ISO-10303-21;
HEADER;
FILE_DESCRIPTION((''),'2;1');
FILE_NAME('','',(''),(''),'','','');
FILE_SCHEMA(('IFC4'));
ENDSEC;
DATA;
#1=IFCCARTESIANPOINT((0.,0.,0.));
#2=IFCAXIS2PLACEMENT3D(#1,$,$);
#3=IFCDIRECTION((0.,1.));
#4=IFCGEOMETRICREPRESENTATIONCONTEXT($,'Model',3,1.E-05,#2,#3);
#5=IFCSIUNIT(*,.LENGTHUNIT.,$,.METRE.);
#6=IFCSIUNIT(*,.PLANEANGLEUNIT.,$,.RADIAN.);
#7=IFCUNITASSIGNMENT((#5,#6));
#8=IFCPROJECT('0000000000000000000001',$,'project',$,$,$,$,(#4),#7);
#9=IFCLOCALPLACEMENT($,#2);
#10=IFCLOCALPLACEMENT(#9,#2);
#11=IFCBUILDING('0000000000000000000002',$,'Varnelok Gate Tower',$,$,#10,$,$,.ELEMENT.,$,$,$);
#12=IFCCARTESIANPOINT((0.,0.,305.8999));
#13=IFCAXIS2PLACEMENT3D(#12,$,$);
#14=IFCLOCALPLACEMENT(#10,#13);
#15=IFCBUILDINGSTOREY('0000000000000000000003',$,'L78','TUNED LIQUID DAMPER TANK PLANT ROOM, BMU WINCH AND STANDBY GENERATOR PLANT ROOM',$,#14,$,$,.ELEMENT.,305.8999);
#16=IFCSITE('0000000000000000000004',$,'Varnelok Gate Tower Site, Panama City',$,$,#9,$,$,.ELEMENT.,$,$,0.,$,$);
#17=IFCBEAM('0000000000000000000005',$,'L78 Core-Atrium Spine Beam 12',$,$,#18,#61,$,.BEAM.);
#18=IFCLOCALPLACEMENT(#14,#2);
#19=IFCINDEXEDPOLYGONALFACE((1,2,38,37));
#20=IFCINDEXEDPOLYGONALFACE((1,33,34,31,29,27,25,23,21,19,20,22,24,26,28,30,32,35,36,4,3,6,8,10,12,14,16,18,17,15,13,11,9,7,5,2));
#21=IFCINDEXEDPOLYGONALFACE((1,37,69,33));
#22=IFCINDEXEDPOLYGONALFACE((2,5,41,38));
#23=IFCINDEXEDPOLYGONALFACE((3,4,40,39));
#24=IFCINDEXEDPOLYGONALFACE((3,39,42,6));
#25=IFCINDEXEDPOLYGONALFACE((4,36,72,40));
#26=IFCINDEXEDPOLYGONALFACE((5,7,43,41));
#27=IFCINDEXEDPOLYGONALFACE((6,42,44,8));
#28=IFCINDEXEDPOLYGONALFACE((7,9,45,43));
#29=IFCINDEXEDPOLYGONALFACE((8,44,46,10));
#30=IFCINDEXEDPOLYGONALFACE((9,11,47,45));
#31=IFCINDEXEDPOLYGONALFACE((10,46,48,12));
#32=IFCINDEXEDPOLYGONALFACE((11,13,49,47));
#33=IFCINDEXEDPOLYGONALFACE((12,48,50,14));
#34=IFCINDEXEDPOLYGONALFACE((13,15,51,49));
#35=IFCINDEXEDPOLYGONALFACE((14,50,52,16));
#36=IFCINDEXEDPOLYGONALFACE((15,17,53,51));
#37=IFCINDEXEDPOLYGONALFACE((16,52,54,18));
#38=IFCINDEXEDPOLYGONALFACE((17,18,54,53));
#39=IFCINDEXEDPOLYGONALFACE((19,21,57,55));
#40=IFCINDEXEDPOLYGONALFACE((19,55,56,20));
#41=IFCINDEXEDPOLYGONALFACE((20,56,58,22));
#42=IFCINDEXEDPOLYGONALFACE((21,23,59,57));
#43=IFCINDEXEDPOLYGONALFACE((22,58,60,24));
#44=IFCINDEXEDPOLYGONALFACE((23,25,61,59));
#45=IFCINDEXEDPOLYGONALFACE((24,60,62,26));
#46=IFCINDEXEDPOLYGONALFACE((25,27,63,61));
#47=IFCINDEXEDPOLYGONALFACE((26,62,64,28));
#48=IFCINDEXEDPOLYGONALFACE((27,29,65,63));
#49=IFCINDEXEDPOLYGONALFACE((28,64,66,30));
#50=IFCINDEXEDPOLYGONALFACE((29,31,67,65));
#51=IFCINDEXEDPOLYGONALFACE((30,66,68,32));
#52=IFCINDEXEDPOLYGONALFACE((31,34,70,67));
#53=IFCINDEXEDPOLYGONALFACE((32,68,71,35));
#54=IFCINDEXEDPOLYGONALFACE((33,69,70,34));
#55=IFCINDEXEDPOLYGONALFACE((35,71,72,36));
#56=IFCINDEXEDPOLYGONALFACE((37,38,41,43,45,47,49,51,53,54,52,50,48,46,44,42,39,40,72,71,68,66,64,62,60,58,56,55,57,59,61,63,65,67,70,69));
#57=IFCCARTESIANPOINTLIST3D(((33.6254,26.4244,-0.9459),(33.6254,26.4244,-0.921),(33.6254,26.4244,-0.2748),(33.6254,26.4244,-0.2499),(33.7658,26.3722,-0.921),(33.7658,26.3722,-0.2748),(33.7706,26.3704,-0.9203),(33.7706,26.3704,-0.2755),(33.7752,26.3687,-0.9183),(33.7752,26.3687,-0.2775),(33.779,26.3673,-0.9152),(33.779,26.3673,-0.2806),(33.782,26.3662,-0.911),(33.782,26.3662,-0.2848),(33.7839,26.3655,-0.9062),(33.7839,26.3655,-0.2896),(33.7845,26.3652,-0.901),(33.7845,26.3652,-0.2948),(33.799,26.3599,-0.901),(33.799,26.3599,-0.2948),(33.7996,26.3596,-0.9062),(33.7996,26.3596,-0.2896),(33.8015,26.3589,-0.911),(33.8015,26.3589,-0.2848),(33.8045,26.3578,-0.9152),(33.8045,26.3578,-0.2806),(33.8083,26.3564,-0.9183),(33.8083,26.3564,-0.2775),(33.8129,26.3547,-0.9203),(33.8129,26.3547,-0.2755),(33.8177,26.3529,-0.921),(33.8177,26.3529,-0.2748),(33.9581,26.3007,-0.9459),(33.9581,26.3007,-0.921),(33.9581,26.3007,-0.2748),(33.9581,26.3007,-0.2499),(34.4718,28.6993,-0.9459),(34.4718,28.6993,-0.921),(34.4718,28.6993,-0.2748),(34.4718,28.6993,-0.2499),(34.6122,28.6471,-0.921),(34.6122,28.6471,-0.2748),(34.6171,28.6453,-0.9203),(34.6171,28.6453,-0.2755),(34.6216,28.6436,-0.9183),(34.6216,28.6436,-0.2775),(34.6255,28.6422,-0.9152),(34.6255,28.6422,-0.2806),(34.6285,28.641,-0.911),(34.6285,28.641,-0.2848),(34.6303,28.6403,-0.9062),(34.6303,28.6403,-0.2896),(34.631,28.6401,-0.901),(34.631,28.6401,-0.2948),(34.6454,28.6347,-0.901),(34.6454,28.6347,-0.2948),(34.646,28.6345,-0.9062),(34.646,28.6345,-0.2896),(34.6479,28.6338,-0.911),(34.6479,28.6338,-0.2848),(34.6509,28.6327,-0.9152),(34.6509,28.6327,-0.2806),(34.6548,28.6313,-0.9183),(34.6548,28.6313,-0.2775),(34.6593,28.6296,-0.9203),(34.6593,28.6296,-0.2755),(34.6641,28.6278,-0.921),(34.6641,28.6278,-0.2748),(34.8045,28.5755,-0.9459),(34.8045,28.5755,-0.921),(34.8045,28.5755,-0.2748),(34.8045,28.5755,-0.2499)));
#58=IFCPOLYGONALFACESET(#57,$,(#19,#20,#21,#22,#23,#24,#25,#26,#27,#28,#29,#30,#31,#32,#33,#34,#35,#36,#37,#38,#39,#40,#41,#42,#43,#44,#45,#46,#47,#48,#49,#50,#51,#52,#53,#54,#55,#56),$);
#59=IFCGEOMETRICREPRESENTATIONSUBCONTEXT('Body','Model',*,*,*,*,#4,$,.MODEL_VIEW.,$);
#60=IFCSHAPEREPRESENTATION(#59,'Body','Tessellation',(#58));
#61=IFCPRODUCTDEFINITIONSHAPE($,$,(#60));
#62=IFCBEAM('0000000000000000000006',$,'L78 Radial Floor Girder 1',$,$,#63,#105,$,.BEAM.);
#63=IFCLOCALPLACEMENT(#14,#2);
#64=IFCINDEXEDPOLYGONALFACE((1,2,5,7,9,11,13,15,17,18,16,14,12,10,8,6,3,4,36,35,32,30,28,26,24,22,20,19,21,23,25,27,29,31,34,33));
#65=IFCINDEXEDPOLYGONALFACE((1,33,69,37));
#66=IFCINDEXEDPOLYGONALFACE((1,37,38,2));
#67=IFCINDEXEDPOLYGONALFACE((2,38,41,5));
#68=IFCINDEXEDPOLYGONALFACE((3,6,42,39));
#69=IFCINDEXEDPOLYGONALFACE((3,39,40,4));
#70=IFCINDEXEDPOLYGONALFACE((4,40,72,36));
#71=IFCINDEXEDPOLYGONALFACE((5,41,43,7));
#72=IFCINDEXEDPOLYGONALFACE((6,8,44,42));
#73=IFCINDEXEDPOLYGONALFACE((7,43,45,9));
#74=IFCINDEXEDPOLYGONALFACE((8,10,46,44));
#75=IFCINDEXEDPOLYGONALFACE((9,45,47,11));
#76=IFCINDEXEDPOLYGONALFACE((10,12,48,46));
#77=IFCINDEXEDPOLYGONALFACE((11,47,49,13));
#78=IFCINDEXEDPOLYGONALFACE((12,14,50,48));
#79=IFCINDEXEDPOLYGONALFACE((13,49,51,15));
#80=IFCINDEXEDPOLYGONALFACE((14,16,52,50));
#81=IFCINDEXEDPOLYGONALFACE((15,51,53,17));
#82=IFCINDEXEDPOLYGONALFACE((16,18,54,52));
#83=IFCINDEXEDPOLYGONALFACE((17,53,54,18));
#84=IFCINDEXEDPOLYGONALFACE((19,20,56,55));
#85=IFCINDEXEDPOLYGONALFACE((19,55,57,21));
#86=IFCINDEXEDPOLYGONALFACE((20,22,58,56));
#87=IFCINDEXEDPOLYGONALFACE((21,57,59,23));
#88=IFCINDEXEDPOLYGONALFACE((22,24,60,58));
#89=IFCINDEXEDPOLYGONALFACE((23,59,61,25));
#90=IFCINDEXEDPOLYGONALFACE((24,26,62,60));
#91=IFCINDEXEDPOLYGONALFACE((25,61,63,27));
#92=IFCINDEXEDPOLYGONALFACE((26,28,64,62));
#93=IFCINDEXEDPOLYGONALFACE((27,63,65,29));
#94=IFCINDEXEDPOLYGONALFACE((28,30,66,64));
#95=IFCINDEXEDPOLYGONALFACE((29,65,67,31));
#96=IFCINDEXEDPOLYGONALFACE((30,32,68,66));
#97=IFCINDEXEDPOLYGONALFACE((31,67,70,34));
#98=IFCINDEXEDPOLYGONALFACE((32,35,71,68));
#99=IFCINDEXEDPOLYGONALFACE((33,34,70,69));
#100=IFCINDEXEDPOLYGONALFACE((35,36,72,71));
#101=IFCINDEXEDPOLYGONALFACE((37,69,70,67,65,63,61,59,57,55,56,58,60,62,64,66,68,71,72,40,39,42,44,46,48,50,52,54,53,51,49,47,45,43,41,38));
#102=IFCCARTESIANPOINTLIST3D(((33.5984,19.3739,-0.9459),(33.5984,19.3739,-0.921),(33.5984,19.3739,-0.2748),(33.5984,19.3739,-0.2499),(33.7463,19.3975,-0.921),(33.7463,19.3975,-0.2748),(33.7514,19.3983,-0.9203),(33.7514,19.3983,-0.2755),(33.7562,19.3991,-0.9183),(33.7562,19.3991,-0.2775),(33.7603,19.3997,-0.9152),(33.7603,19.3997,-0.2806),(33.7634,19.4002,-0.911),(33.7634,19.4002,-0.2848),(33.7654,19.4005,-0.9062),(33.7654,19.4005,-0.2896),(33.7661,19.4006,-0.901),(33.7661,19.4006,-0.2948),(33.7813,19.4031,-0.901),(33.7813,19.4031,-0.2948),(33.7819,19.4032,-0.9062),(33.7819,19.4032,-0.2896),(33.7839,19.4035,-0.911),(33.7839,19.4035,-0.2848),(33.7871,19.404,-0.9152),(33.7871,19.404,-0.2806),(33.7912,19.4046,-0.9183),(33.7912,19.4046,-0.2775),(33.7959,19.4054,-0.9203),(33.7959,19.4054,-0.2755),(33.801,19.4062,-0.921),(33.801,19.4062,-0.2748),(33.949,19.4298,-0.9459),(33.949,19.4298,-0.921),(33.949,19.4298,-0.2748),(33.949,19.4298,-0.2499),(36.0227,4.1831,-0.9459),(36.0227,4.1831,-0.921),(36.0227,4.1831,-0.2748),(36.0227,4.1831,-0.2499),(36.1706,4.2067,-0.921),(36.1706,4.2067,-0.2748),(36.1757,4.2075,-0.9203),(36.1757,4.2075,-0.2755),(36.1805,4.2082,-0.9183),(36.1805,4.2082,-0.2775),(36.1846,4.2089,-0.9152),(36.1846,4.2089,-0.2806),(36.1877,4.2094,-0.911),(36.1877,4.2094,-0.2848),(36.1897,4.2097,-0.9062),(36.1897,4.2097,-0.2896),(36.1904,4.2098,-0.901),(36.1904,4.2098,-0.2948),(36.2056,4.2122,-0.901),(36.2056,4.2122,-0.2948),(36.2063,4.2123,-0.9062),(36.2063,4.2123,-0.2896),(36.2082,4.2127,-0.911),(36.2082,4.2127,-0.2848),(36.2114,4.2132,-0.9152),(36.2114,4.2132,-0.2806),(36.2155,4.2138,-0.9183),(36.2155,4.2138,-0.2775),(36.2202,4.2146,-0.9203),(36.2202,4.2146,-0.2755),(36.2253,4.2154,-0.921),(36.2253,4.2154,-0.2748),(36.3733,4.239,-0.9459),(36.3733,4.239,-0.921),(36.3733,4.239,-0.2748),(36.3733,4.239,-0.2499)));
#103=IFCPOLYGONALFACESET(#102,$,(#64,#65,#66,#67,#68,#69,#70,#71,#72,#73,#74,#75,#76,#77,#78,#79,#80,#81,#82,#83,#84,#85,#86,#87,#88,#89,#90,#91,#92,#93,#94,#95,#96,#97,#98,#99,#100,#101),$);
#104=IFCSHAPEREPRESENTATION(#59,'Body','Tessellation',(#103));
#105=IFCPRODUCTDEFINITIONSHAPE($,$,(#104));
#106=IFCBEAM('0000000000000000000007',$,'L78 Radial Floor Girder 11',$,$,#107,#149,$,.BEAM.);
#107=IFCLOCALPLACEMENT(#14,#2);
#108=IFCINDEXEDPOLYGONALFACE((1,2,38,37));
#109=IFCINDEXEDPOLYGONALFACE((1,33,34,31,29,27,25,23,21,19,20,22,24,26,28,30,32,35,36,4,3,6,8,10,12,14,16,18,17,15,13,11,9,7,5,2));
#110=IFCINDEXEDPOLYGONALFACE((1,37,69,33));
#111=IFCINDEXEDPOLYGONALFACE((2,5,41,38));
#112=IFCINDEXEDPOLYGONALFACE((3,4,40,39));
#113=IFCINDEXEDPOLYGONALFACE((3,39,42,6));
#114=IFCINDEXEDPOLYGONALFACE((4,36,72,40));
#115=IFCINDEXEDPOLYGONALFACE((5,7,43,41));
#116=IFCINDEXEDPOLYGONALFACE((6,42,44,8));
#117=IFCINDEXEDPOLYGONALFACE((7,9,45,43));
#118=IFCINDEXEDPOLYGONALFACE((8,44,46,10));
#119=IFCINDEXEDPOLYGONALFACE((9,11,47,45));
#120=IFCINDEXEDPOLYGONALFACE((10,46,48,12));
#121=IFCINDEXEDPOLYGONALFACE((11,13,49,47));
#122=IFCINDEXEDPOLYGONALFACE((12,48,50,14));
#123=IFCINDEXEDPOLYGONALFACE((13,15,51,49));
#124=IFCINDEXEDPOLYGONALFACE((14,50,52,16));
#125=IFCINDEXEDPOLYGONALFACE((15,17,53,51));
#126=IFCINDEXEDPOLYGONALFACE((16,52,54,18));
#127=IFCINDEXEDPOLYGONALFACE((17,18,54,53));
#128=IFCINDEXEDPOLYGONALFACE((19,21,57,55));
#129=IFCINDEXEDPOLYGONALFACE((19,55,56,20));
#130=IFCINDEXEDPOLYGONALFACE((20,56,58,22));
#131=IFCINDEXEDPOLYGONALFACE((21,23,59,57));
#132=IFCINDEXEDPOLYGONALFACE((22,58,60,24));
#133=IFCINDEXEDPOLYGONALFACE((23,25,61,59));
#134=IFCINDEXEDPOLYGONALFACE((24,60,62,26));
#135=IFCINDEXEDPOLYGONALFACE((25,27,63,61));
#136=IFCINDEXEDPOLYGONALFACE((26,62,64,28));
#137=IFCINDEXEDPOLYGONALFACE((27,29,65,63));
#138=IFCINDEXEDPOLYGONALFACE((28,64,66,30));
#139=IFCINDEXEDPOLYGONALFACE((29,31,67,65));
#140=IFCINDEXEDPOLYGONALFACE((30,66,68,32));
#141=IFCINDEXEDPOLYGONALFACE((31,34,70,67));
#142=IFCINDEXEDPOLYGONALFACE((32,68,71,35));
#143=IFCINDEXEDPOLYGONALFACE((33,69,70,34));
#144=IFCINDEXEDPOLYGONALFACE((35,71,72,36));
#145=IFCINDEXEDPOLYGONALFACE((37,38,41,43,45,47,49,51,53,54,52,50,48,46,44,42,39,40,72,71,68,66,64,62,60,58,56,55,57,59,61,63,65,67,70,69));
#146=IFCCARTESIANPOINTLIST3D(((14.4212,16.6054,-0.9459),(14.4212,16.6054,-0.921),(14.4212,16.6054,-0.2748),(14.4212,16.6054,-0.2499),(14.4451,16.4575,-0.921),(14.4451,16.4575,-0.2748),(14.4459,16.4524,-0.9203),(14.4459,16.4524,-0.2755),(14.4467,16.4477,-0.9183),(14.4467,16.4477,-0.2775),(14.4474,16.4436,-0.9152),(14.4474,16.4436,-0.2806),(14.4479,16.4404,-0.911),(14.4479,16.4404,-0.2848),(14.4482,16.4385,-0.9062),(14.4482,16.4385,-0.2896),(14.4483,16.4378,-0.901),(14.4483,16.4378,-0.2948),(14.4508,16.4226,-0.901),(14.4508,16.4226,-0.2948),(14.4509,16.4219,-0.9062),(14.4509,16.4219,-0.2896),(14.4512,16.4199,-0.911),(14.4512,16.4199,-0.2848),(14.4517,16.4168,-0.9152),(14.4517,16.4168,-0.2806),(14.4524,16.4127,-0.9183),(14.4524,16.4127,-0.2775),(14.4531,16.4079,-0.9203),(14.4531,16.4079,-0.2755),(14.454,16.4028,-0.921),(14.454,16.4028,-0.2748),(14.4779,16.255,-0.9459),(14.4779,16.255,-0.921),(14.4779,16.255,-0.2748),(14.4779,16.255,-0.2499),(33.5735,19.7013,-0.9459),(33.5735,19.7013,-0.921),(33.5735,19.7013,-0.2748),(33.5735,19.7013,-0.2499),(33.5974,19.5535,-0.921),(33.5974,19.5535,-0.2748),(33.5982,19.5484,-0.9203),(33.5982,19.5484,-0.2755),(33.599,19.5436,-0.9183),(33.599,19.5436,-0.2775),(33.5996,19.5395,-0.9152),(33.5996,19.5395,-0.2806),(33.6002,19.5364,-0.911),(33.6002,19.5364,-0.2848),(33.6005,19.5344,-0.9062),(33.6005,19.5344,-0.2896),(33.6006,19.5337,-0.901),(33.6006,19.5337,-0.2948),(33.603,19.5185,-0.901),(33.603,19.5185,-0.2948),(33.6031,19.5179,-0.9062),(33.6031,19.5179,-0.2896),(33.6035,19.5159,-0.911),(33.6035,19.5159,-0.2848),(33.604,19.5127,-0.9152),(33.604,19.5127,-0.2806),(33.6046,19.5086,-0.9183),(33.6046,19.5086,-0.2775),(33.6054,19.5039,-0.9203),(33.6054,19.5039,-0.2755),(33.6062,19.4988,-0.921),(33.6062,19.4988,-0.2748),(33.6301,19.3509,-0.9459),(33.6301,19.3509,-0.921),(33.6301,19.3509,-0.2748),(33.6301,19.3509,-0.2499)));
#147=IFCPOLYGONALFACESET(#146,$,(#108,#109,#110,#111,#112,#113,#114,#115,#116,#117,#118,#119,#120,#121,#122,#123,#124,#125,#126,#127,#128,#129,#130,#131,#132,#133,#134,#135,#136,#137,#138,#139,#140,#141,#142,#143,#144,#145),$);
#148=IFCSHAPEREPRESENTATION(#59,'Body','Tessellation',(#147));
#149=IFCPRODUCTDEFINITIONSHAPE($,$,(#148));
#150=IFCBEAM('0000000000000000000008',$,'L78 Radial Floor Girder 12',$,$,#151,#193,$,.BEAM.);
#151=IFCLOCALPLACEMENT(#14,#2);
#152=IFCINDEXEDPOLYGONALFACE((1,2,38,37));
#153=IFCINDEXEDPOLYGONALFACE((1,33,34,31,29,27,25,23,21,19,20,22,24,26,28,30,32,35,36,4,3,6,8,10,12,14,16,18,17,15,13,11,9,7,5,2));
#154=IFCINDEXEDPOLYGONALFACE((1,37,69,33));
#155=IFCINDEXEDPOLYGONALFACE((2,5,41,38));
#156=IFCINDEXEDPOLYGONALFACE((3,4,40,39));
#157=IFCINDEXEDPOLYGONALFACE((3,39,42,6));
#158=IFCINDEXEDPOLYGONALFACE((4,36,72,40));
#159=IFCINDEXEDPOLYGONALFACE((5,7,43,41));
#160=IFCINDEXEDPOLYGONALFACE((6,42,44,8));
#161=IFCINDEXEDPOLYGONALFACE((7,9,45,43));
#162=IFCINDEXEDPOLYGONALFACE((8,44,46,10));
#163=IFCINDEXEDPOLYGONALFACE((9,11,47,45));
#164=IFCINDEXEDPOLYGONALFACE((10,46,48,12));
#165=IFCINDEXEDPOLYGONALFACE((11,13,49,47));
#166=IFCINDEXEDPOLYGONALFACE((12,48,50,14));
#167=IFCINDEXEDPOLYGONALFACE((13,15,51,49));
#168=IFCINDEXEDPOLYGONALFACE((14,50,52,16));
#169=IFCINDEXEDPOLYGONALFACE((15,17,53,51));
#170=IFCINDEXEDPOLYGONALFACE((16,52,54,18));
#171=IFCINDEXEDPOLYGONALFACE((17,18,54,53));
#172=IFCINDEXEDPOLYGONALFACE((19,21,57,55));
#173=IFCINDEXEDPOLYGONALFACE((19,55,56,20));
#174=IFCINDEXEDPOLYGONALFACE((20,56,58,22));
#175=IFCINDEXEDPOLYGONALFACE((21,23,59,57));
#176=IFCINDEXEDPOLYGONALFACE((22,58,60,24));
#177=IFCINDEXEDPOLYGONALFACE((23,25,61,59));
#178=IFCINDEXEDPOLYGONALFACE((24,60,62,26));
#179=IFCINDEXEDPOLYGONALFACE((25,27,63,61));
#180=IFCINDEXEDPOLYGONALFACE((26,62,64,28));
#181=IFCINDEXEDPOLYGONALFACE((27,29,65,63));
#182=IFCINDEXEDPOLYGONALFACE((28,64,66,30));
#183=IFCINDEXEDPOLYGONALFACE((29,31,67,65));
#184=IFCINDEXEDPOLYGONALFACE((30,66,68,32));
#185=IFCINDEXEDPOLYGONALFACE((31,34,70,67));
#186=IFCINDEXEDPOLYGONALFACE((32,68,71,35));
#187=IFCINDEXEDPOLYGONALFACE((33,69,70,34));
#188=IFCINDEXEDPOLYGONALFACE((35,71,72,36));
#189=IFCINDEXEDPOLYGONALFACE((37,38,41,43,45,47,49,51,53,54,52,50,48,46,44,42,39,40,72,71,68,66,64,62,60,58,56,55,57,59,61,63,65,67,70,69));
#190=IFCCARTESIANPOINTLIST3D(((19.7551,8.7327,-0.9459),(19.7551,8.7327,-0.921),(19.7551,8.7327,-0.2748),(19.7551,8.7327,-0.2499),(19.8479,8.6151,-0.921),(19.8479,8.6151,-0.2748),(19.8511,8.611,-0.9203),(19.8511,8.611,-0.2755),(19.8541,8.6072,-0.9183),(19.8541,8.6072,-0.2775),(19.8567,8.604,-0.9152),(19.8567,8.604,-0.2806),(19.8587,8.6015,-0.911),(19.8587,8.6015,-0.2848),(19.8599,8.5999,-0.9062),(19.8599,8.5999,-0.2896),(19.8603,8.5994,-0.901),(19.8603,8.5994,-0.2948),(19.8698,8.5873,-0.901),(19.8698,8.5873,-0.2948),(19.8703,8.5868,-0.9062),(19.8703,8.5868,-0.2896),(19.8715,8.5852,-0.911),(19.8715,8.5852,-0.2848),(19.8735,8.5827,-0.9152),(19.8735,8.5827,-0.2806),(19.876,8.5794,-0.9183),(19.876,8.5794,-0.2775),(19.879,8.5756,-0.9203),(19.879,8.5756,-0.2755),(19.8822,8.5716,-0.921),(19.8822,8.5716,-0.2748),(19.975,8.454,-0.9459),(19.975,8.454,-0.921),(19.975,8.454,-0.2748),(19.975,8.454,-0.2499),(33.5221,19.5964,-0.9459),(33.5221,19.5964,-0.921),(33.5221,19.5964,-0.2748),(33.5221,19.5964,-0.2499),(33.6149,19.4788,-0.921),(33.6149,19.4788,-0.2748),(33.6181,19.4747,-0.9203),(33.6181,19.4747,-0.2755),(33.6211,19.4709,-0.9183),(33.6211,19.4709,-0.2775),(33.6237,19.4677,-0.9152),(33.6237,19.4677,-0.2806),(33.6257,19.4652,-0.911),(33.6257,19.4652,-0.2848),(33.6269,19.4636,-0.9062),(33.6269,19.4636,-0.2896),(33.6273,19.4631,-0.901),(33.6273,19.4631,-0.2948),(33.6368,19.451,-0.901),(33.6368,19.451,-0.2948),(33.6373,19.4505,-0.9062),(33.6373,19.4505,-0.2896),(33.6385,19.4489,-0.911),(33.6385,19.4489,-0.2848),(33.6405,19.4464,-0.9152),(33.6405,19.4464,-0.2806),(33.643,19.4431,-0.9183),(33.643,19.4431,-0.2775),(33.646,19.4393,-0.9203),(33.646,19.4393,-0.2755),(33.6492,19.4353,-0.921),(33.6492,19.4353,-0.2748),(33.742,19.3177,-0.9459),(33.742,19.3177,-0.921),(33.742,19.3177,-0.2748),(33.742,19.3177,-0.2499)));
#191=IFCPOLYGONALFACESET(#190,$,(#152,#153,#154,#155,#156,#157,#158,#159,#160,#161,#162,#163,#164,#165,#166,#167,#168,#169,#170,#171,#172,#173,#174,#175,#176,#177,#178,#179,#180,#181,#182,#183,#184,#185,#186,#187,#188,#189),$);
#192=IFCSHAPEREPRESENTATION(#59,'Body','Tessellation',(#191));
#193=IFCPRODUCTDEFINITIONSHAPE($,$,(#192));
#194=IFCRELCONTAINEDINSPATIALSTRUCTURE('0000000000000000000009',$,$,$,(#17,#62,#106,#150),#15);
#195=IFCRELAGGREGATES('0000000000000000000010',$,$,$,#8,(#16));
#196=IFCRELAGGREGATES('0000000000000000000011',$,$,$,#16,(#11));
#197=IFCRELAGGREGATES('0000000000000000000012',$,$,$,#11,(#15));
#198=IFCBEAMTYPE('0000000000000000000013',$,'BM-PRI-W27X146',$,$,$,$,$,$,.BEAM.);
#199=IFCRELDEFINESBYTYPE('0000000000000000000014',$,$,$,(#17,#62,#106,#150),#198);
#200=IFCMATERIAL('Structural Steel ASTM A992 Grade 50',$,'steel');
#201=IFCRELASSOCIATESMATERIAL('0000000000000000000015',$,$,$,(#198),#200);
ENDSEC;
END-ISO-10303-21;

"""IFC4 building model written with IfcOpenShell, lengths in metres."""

from ifc_helpers import new_model, si_unit, direction, frame, origin, origin_2d, place, context, subcontext, project, spatial, i_section, extrude, material, material_profile, profile_set, type_object, element, save


model = new_model("IFC4")

# Units and contexts
model_context = context("Model", 3, precision=1e-05, world=origin(), true_north=direction((0.0, 1.0)))
body_context = subcontext(model_context, "Body", "Model", "MODEL_VIEW")
ifc_project = project(units=[si_unit("LENGTHUNIT", "METRE"), si_unit("PLANEANGLEUNIT", "RADIAN")], contexts=[model_context])

# Site, building, storey
site_placement = place(None, origin())
site = spatial("IfcSite", under=ifc_project, at=site_placement, Name="Varnelok Gate Tower Site, Panama City", CompositionType="ELEMENT", RefElevation=0.0)
building_placement = place(site_placement, origin())
building = spatial("IfcBuilding", under=site, at=building_placement, Name="Varnelok Gate Tower", CompositionType="ELEMENT")
storey_placement = place(building_placement, frame((0.0, 0.0, 305.8999)))
storey = spatial("IfcBuildingStorey", under=building, at=storey_placement, Name="L78", Description="TUNED LIQUID DAMPER TANK PLANT ROOM, BMU WINCH AND STANDBY GENERATOR PLANT ROOM", CompositionType="ELEMENT", Elevation=305.8999)

# Shared definitions
ifc_material_1 = material(Name="Structural Steel ASTM A992 Grade 50", Category="steel")

# Beams
ifc_material_profile_1 = material_profile(ifc_material_1, i_section(OverallWidth=0.355, OverallDepth=0.696, WebThickness=0.0154, FlangeThickness=0.0249, FilletRadius=0.02, at=origin_2d()), Name="W27X146")
ifc_profile_set_1 = profile_set([ifc_material_profile_1], Name="Structural Steel ASTM A992 Grade 50")
beam_type_1 = type_object("IfcBeamType", Name="BM-PRI-W27X146", PredefinedType="BEAM", material=ifc_profile_set_1)
beam_1_placement = place(storey_placement, frame((33.7917, 26.3625, -0.5979), z_axis=(0.348719, 0.937227, 0.0), x_axis=(-0.937227, 0.348719, 0.0)))
element("IfcBeam", 1, at=beam_1_placement, inside=storey, type_object=beam_type_1, Name="L78 Core-Atrium Spine Beam 12", PredefinedType="BEAM", context=body_context, shape_type="SweptSolid", body=[
    extrude(i_section(OverallWidth=0.355, OverallDepth=0.696, WebThickness=0.0154, FlangeThickness=0.0249, FilletRadius=0.02, at=origin_2d()), origin(), (0.0, 0.0, 1.0), 2.4272),
])
beam_2_placement = place(storey_placement, frame((33.7737, 19.4019, -0.5979), z_axis=(0.157596, -0.987504, 0.0), x_axis=(0.987504, 0.157596, 0.0)))
element("IfcBeam", 2, at=beam_2_placement, inside=storey, type_object=beam_type_1, Name="L78 Radial Floor Girder 1", PredefinedType="BEAM", context=body_context, shape_type="SweptSolid", body=[
    extrude(i_section(OverallWidth=0.355, OverallDepth=0.696, WebThickness=0.0154, FlangeThickness=0.0249, FilletRadius=0.02, at=origin_2d()), origin(), (0.0, 0.0, 1.0), 15.3831),
])
beam_3_placement = place(storey_placement, frame((33.6018, 19.5261, -0.5979), z_axis=(-0.987185, -0.159577, 0.0), x_axis=(0.159577, -0.987185, 0.0)))
element("IfcBeam", 3, at=beam_3_placement, inside=storey, type_object=beam_type_1, Name="L78 Radial Floor Girder 11", PredefinedType="BEAM", context=body_context, shape_type="SweptSolid", body=[
    extrude(i_section(OverallWidth=0.355, OverallDepth=0.696, WebThickness=0.0154, FlangeThickness=0.0249, FilletRadius=0.02, at=origin_2d()), origin(), (0.0, 0.0, 1.0), 19.4009),
])
beam_4_placement = place(storey_placement, frame((33.6321, 19.457, -0.5979), z_axis=(-0.785021, -0.619469, 0.0), x_axis=(0.619469, -0.785021, 0.0)))
element("IfcBeam", 4, at=beam_4_placement, inside=storey, type_object=beam_type_1, Name="L78 Radial Floor Girder 12", PredefinedType="BEAM", context=body_context, shape_type="SweptSolid", body=[
    extrude(i_section(OverallWidth=0.355, OverallDepth=0.696, WebThickness=0.0154, FlangeThickness=0.0249, FilletRadius=0.02, at=origin_2d()), origin(), (0.0, 0.0, 1.0), 17.5371),
])

save(model, "model.ifc")
